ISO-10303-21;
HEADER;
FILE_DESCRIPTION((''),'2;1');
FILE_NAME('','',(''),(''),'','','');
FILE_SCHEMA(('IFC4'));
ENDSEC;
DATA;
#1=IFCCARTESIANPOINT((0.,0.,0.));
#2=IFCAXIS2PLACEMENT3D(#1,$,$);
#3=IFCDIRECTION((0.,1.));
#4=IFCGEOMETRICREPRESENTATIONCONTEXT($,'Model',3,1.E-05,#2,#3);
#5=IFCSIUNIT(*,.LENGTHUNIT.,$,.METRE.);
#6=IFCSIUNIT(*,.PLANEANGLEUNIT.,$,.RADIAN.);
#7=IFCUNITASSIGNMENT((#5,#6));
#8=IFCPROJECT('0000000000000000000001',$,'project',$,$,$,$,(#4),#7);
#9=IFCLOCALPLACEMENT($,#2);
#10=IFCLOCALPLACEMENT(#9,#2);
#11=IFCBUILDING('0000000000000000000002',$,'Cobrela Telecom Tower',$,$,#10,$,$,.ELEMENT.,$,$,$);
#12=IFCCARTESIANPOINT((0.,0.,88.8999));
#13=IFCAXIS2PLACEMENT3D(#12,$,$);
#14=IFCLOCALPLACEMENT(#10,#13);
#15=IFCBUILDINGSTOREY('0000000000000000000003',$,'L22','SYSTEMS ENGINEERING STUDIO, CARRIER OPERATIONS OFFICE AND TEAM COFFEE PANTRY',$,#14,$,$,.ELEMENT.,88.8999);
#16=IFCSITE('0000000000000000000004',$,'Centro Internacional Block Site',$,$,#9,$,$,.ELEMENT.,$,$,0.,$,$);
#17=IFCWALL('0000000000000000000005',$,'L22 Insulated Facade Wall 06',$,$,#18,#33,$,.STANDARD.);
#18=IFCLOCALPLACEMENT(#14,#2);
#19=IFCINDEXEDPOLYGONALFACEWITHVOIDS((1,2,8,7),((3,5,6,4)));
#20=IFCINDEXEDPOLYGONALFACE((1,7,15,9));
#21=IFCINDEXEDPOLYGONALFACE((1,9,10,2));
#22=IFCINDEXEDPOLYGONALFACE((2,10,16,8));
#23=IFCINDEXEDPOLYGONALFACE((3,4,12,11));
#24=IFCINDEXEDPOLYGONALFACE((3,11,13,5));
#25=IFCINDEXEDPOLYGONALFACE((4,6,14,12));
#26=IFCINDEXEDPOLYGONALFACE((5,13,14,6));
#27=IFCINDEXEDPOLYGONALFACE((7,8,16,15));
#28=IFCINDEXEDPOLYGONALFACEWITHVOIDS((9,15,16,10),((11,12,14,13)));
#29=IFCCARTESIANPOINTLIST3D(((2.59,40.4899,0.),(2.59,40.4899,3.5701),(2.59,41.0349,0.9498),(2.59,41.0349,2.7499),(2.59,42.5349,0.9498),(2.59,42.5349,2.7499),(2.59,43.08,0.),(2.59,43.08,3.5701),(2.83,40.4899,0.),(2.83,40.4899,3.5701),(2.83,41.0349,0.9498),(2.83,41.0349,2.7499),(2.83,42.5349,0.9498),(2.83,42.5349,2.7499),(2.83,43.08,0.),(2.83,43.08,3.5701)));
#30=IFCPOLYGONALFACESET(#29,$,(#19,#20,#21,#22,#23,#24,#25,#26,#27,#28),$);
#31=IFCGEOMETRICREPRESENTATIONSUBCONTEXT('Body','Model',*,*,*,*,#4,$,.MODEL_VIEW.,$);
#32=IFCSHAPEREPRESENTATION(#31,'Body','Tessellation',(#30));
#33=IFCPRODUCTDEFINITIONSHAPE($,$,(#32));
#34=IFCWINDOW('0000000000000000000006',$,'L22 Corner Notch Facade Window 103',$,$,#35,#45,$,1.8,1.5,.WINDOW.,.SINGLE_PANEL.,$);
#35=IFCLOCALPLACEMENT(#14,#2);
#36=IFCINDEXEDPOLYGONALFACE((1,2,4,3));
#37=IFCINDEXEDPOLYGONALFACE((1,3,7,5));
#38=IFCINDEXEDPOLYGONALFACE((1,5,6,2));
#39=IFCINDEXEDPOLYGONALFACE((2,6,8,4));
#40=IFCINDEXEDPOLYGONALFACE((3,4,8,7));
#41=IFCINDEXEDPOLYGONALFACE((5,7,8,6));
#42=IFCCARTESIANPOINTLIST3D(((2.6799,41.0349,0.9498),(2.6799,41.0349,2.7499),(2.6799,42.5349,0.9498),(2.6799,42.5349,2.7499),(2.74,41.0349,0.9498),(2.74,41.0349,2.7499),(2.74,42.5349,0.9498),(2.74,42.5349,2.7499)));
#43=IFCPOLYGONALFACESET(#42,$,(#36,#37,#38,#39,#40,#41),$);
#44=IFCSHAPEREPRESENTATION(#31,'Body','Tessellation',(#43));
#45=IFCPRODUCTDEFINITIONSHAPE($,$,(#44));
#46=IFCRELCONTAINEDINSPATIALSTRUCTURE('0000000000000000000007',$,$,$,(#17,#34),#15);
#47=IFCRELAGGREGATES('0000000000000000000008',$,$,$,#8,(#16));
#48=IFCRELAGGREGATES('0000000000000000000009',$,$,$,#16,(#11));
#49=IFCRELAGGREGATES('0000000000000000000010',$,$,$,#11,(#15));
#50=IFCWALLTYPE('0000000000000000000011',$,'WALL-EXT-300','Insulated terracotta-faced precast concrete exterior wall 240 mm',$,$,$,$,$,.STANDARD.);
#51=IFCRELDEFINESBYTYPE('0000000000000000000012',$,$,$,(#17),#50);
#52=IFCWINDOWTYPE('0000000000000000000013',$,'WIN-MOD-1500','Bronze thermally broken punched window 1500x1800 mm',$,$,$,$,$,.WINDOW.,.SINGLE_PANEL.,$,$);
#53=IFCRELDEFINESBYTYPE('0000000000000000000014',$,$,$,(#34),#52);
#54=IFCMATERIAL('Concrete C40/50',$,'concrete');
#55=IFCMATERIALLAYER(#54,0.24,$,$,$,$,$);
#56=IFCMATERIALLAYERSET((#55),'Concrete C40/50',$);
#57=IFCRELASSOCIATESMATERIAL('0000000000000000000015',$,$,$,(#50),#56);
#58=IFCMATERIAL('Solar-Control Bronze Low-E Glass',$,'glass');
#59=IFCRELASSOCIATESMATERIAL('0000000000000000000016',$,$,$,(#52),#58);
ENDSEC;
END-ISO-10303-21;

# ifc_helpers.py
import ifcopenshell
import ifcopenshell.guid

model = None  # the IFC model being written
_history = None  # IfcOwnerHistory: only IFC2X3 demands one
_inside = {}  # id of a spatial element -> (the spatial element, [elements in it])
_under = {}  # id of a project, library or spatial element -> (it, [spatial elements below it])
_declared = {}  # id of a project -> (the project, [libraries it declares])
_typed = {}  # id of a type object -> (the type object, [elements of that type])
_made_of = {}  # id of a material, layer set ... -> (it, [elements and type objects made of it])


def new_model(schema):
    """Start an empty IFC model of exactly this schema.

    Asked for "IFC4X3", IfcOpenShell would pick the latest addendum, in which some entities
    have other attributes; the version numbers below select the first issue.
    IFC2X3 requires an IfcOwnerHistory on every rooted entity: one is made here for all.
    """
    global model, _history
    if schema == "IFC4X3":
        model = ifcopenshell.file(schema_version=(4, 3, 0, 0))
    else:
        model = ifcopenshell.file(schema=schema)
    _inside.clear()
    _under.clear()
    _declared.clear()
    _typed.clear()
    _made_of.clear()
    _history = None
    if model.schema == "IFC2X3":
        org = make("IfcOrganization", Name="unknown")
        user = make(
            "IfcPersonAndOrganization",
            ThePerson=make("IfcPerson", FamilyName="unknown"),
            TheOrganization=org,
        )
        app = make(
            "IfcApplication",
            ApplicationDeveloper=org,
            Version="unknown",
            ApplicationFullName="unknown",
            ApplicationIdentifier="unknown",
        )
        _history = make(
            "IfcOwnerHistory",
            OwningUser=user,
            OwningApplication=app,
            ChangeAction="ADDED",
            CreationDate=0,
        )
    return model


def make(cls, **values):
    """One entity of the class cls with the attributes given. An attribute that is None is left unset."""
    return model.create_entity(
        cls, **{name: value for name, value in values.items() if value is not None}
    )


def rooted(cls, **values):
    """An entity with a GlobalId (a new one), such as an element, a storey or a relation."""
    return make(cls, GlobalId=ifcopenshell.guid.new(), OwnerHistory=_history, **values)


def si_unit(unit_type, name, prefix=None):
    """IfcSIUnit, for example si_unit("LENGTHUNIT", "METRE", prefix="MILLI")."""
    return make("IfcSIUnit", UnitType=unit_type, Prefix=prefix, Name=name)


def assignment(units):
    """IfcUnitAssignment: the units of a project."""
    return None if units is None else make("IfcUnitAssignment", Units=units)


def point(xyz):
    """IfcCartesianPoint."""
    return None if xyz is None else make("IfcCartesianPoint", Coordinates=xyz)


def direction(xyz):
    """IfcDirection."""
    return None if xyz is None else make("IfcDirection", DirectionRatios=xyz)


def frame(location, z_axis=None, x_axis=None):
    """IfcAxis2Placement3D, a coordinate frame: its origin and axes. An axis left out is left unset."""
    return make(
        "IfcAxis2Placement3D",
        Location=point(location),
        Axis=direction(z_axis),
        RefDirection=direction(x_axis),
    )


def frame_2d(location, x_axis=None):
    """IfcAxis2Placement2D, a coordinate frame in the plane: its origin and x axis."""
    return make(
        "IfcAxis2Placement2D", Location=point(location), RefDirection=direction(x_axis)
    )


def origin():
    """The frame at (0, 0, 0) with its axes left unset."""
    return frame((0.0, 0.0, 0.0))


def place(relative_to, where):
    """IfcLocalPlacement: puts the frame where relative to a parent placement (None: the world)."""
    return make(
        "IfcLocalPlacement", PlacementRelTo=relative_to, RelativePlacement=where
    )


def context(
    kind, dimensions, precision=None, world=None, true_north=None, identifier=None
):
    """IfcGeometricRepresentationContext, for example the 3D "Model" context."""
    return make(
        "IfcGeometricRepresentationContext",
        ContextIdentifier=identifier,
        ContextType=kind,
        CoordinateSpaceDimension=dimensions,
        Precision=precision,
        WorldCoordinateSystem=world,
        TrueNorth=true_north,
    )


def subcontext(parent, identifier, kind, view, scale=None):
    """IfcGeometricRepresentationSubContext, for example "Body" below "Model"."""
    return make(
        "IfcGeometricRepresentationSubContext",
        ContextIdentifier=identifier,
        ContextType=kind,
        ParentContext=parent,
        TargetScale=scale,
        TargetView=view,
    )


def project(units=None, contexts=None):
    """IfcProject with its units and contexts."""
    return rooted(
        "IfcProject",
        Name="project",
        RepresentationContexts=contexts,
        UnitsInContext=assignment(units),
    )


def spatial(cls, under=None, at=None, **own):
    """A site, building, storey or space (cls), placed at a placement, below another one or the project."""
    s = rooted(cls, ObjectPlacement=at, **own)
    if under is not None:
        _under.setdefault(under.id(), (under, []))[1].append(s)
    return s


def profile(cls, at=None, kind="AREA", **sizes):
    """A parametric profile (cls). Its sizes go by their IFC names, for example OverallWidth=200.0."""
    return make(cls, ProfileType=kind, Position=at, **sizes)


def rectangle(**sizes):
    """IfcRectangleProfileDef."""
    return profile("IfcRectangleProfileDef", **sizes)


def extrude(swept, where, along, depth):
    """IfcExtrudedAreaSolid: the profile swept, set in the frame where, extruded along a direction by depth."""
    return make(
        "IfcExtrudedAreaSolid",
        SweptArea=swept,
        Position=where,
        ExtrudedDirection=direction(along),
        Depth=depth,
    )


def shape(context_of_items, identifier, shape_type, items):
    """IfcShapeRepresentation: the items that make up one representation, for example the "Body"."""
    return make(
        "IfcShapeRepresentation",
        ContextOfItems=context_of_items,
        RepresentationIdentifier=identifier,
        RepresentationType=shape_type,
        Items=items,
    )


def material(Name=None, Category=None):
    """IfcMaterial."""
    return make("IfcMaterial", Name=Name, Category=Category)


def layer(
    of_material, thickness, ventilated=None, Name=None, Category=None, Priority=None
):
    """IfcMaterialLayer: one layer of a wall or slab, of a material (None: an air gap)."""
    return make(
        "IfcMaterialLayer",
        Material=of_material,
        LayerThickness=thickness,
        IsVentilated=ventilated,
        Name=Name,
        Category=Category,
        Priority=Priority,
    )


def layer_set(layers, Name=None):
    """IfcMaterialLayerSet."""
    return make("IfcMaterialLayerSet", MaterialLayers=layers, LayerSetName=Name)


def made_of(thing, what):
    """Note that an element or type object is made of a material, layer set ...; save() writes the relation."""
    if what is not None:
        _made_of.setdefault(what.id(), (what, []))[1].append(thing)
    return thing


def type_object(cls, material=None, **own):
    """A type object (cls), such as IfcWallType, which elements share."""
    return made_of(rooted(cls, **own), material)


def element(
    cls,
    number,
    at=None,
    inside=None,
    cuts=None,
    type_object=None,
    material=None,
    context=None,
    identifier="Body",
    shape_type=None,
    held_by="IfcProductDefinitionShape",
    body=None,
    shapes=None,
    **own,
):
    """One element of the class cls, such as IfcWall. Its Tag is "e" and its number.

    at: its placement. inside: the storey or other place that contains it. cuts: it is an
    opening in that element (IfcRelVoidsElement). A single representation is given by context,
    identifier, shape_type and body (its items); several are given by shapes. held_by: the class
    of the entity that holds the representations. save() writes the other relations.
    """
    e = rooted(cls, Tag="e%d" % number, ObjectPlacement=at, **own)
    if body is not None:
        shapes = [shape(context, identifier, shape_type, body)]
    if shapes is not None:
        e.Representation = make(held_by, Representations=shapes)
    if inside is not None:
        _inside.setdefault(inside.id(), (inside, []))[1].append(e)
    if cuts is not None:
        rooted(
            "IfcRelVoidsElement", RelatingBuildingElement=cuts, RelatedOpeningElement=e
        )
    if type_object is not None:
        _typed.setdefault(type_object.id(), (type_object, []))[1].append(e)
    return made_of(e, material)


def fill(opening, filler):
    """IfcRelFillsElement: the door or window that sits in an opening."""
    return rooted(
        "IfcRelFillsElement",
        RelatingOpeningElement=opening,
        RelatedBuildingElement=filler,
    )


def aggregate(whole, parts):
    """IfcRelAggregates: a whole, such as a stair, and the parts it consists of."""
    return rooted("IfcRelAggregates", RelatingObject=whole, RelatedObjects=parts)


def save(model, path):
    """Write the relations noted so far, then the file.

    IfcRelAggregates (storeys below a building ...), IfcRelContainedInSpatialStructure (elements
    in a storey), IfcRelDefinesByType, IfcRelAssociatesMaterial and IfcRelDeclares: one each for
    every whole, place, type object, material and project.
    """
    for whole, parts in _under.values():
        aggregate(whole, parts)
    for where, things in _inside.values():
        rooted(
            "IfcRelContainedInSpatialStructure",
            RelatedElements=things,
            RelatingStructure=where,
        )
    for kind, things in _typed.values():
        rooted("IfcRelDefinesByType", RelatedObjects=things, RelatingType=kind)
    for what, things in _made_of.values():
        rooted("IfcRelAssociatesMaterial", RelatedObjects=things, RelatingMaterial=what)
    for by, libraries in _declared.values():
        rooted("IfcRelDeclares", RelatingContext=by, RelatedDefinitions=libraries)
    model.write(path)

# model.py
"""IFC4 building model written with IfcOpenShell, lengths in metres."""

from ifc_helpers import new_model, si_unit, direction, frame, frame_2d, origin, place, context, subcontext, project, spatial, rectangle, extrude, material, layer, layer_set, type_object, element, fill, save


model = new_model("IFC4")

# Units and contexts
model_context = context("Model", 3, precision=1e-05, world=origin(), true_north=direction((0.0, 1.0)))
body_context = subcontext(model_context, "Body", "Model", "MODEL_VIEW")
ifc_project = project(units=[si_unit("LENGTHUNIT", "METRE"), si_unit("PLANEANGLEUNIT", "RADIAN")], contexts=[model_context])

# Site, building, storey
site_placement = place(None, origin())
site = spatial("IfcSite", under=ifc_project, at=site_placement, Name="Centro Internacional Block Site", CompositionType="ELEMENT", RefElevation=0.0)
building_placement = place(site_placement, origin())
building = spatial("IfcBuilding", under=site, at=building_placement, Name="Cobrela Telecom Tower", CompositionType="ELEMENT")
storey_placement = place(building_placement, frame((0.0, 0.0, 88.8999)))
storey = spatial("IfcBuildingStorey", under=building, at=storey_placement, Name="L22", Description="SYSTEMS ENGINEERING STUDIO, CARRIER OPERATIONS OFFICE AND TEAM COFFEE PANTRY", CompositionType="ELEMENT", Elevation=88.8999)

# Shared definitions
ifc_material_1 = material(Name="Solar-Control Bronze Low-E Glass", Category="glass")

# Wall, opening, window
ifc_material_2 = material(Name="Concrete C40/50", Category="concrete")
ifc_layer_1 = layer(ifc_material_2, 0.24)
ifc_layer_set_1 = layer_set([ifc_layer_1], Name="Concrete C40/50")
wall_type = type_object("IfcWallType", Name="WALL-EXT-300", Description="Insulated terracotta-faced precast concrete exterior wall 240 mm", PredefinedType="STANDARD", material=ifc_layer_set_1)
wall_1_placement = place(storey_placement, frame((2.71, 40.49, 0.0), z_axis=(0.0, 0.0, 1.0), x_axis=(0.0, 1.0, 0.0)))
wall_1 = element("IfcWall", 1, at=wall_1_placement, inside=storey, type_object=wall_type, Name="L22 Insulated Facade Wall 06", PredefinedType="STANDARD", context=body_context, shape_type="SweptSolid", body=[
    extrude(rectangle(XDim=2.5901, YDim=0.24, at=frame_2d((1.2949, 0.0))), origin(), (0.0, 0.0, 1.0), 3.5701),
])
opening_1_placement = place(wall_1_placement, frame((0.5449, 0.0, 0.95)))
opening_1 = element("IfcOpeningElement", 2, at=opening_1_placement, cuts=wall_1, PredefinedType="OPENING", context=body_context, shape_type="SweptSolid", body=[
    extrude(rectangle(XDim=1.5, YDim=1.8, at=frame_2d((0.75, 0.8999))), frame((0.0, 0.1318, 0.0), z_axis=(0.0, -1.0, 0.0), x_axis=(1.0, 0.0, 0.0)), (0.0, 0.0, 1.0), 0.2639),
])
window_type_1 = type_object("IfcWindowType", Name="WIN-MOD-1500", Description="Bronze thermally broken punched window 1500x1800 mm", PartitioningType="SINGLE_PANEL", PredefinedType="WINDOW", material=ifc_material_1)
window_1_placement = place(opening_1_placement, origin())
window_1 = element("IfcWindow", 3, at=window_1_placement, inside=storey, type_object=window_type_1, Name="L22 Corner Notch Facade Window 103", OverallHeight=1.8, OverallWidth=1.5, PartitioningType="SINGLE_PANEL", PredefinedType="WINDOW", context=body_context, shape_type="SweptSolid", body=[
    extrude(rectangle(XDim=1.5, YDim=1.8, at=frame_2d((0.75, 0.8999))), frame((0.0, 0.03, 0.0), z_axis=(0.0, -1.0, 0.0), x_axis=(1.0, 0.0, 0.0)), (0.0, 0.0, 1.0), 0.0601),
])
fill(opening_1, window_1)

save(model, "model.ifc")
